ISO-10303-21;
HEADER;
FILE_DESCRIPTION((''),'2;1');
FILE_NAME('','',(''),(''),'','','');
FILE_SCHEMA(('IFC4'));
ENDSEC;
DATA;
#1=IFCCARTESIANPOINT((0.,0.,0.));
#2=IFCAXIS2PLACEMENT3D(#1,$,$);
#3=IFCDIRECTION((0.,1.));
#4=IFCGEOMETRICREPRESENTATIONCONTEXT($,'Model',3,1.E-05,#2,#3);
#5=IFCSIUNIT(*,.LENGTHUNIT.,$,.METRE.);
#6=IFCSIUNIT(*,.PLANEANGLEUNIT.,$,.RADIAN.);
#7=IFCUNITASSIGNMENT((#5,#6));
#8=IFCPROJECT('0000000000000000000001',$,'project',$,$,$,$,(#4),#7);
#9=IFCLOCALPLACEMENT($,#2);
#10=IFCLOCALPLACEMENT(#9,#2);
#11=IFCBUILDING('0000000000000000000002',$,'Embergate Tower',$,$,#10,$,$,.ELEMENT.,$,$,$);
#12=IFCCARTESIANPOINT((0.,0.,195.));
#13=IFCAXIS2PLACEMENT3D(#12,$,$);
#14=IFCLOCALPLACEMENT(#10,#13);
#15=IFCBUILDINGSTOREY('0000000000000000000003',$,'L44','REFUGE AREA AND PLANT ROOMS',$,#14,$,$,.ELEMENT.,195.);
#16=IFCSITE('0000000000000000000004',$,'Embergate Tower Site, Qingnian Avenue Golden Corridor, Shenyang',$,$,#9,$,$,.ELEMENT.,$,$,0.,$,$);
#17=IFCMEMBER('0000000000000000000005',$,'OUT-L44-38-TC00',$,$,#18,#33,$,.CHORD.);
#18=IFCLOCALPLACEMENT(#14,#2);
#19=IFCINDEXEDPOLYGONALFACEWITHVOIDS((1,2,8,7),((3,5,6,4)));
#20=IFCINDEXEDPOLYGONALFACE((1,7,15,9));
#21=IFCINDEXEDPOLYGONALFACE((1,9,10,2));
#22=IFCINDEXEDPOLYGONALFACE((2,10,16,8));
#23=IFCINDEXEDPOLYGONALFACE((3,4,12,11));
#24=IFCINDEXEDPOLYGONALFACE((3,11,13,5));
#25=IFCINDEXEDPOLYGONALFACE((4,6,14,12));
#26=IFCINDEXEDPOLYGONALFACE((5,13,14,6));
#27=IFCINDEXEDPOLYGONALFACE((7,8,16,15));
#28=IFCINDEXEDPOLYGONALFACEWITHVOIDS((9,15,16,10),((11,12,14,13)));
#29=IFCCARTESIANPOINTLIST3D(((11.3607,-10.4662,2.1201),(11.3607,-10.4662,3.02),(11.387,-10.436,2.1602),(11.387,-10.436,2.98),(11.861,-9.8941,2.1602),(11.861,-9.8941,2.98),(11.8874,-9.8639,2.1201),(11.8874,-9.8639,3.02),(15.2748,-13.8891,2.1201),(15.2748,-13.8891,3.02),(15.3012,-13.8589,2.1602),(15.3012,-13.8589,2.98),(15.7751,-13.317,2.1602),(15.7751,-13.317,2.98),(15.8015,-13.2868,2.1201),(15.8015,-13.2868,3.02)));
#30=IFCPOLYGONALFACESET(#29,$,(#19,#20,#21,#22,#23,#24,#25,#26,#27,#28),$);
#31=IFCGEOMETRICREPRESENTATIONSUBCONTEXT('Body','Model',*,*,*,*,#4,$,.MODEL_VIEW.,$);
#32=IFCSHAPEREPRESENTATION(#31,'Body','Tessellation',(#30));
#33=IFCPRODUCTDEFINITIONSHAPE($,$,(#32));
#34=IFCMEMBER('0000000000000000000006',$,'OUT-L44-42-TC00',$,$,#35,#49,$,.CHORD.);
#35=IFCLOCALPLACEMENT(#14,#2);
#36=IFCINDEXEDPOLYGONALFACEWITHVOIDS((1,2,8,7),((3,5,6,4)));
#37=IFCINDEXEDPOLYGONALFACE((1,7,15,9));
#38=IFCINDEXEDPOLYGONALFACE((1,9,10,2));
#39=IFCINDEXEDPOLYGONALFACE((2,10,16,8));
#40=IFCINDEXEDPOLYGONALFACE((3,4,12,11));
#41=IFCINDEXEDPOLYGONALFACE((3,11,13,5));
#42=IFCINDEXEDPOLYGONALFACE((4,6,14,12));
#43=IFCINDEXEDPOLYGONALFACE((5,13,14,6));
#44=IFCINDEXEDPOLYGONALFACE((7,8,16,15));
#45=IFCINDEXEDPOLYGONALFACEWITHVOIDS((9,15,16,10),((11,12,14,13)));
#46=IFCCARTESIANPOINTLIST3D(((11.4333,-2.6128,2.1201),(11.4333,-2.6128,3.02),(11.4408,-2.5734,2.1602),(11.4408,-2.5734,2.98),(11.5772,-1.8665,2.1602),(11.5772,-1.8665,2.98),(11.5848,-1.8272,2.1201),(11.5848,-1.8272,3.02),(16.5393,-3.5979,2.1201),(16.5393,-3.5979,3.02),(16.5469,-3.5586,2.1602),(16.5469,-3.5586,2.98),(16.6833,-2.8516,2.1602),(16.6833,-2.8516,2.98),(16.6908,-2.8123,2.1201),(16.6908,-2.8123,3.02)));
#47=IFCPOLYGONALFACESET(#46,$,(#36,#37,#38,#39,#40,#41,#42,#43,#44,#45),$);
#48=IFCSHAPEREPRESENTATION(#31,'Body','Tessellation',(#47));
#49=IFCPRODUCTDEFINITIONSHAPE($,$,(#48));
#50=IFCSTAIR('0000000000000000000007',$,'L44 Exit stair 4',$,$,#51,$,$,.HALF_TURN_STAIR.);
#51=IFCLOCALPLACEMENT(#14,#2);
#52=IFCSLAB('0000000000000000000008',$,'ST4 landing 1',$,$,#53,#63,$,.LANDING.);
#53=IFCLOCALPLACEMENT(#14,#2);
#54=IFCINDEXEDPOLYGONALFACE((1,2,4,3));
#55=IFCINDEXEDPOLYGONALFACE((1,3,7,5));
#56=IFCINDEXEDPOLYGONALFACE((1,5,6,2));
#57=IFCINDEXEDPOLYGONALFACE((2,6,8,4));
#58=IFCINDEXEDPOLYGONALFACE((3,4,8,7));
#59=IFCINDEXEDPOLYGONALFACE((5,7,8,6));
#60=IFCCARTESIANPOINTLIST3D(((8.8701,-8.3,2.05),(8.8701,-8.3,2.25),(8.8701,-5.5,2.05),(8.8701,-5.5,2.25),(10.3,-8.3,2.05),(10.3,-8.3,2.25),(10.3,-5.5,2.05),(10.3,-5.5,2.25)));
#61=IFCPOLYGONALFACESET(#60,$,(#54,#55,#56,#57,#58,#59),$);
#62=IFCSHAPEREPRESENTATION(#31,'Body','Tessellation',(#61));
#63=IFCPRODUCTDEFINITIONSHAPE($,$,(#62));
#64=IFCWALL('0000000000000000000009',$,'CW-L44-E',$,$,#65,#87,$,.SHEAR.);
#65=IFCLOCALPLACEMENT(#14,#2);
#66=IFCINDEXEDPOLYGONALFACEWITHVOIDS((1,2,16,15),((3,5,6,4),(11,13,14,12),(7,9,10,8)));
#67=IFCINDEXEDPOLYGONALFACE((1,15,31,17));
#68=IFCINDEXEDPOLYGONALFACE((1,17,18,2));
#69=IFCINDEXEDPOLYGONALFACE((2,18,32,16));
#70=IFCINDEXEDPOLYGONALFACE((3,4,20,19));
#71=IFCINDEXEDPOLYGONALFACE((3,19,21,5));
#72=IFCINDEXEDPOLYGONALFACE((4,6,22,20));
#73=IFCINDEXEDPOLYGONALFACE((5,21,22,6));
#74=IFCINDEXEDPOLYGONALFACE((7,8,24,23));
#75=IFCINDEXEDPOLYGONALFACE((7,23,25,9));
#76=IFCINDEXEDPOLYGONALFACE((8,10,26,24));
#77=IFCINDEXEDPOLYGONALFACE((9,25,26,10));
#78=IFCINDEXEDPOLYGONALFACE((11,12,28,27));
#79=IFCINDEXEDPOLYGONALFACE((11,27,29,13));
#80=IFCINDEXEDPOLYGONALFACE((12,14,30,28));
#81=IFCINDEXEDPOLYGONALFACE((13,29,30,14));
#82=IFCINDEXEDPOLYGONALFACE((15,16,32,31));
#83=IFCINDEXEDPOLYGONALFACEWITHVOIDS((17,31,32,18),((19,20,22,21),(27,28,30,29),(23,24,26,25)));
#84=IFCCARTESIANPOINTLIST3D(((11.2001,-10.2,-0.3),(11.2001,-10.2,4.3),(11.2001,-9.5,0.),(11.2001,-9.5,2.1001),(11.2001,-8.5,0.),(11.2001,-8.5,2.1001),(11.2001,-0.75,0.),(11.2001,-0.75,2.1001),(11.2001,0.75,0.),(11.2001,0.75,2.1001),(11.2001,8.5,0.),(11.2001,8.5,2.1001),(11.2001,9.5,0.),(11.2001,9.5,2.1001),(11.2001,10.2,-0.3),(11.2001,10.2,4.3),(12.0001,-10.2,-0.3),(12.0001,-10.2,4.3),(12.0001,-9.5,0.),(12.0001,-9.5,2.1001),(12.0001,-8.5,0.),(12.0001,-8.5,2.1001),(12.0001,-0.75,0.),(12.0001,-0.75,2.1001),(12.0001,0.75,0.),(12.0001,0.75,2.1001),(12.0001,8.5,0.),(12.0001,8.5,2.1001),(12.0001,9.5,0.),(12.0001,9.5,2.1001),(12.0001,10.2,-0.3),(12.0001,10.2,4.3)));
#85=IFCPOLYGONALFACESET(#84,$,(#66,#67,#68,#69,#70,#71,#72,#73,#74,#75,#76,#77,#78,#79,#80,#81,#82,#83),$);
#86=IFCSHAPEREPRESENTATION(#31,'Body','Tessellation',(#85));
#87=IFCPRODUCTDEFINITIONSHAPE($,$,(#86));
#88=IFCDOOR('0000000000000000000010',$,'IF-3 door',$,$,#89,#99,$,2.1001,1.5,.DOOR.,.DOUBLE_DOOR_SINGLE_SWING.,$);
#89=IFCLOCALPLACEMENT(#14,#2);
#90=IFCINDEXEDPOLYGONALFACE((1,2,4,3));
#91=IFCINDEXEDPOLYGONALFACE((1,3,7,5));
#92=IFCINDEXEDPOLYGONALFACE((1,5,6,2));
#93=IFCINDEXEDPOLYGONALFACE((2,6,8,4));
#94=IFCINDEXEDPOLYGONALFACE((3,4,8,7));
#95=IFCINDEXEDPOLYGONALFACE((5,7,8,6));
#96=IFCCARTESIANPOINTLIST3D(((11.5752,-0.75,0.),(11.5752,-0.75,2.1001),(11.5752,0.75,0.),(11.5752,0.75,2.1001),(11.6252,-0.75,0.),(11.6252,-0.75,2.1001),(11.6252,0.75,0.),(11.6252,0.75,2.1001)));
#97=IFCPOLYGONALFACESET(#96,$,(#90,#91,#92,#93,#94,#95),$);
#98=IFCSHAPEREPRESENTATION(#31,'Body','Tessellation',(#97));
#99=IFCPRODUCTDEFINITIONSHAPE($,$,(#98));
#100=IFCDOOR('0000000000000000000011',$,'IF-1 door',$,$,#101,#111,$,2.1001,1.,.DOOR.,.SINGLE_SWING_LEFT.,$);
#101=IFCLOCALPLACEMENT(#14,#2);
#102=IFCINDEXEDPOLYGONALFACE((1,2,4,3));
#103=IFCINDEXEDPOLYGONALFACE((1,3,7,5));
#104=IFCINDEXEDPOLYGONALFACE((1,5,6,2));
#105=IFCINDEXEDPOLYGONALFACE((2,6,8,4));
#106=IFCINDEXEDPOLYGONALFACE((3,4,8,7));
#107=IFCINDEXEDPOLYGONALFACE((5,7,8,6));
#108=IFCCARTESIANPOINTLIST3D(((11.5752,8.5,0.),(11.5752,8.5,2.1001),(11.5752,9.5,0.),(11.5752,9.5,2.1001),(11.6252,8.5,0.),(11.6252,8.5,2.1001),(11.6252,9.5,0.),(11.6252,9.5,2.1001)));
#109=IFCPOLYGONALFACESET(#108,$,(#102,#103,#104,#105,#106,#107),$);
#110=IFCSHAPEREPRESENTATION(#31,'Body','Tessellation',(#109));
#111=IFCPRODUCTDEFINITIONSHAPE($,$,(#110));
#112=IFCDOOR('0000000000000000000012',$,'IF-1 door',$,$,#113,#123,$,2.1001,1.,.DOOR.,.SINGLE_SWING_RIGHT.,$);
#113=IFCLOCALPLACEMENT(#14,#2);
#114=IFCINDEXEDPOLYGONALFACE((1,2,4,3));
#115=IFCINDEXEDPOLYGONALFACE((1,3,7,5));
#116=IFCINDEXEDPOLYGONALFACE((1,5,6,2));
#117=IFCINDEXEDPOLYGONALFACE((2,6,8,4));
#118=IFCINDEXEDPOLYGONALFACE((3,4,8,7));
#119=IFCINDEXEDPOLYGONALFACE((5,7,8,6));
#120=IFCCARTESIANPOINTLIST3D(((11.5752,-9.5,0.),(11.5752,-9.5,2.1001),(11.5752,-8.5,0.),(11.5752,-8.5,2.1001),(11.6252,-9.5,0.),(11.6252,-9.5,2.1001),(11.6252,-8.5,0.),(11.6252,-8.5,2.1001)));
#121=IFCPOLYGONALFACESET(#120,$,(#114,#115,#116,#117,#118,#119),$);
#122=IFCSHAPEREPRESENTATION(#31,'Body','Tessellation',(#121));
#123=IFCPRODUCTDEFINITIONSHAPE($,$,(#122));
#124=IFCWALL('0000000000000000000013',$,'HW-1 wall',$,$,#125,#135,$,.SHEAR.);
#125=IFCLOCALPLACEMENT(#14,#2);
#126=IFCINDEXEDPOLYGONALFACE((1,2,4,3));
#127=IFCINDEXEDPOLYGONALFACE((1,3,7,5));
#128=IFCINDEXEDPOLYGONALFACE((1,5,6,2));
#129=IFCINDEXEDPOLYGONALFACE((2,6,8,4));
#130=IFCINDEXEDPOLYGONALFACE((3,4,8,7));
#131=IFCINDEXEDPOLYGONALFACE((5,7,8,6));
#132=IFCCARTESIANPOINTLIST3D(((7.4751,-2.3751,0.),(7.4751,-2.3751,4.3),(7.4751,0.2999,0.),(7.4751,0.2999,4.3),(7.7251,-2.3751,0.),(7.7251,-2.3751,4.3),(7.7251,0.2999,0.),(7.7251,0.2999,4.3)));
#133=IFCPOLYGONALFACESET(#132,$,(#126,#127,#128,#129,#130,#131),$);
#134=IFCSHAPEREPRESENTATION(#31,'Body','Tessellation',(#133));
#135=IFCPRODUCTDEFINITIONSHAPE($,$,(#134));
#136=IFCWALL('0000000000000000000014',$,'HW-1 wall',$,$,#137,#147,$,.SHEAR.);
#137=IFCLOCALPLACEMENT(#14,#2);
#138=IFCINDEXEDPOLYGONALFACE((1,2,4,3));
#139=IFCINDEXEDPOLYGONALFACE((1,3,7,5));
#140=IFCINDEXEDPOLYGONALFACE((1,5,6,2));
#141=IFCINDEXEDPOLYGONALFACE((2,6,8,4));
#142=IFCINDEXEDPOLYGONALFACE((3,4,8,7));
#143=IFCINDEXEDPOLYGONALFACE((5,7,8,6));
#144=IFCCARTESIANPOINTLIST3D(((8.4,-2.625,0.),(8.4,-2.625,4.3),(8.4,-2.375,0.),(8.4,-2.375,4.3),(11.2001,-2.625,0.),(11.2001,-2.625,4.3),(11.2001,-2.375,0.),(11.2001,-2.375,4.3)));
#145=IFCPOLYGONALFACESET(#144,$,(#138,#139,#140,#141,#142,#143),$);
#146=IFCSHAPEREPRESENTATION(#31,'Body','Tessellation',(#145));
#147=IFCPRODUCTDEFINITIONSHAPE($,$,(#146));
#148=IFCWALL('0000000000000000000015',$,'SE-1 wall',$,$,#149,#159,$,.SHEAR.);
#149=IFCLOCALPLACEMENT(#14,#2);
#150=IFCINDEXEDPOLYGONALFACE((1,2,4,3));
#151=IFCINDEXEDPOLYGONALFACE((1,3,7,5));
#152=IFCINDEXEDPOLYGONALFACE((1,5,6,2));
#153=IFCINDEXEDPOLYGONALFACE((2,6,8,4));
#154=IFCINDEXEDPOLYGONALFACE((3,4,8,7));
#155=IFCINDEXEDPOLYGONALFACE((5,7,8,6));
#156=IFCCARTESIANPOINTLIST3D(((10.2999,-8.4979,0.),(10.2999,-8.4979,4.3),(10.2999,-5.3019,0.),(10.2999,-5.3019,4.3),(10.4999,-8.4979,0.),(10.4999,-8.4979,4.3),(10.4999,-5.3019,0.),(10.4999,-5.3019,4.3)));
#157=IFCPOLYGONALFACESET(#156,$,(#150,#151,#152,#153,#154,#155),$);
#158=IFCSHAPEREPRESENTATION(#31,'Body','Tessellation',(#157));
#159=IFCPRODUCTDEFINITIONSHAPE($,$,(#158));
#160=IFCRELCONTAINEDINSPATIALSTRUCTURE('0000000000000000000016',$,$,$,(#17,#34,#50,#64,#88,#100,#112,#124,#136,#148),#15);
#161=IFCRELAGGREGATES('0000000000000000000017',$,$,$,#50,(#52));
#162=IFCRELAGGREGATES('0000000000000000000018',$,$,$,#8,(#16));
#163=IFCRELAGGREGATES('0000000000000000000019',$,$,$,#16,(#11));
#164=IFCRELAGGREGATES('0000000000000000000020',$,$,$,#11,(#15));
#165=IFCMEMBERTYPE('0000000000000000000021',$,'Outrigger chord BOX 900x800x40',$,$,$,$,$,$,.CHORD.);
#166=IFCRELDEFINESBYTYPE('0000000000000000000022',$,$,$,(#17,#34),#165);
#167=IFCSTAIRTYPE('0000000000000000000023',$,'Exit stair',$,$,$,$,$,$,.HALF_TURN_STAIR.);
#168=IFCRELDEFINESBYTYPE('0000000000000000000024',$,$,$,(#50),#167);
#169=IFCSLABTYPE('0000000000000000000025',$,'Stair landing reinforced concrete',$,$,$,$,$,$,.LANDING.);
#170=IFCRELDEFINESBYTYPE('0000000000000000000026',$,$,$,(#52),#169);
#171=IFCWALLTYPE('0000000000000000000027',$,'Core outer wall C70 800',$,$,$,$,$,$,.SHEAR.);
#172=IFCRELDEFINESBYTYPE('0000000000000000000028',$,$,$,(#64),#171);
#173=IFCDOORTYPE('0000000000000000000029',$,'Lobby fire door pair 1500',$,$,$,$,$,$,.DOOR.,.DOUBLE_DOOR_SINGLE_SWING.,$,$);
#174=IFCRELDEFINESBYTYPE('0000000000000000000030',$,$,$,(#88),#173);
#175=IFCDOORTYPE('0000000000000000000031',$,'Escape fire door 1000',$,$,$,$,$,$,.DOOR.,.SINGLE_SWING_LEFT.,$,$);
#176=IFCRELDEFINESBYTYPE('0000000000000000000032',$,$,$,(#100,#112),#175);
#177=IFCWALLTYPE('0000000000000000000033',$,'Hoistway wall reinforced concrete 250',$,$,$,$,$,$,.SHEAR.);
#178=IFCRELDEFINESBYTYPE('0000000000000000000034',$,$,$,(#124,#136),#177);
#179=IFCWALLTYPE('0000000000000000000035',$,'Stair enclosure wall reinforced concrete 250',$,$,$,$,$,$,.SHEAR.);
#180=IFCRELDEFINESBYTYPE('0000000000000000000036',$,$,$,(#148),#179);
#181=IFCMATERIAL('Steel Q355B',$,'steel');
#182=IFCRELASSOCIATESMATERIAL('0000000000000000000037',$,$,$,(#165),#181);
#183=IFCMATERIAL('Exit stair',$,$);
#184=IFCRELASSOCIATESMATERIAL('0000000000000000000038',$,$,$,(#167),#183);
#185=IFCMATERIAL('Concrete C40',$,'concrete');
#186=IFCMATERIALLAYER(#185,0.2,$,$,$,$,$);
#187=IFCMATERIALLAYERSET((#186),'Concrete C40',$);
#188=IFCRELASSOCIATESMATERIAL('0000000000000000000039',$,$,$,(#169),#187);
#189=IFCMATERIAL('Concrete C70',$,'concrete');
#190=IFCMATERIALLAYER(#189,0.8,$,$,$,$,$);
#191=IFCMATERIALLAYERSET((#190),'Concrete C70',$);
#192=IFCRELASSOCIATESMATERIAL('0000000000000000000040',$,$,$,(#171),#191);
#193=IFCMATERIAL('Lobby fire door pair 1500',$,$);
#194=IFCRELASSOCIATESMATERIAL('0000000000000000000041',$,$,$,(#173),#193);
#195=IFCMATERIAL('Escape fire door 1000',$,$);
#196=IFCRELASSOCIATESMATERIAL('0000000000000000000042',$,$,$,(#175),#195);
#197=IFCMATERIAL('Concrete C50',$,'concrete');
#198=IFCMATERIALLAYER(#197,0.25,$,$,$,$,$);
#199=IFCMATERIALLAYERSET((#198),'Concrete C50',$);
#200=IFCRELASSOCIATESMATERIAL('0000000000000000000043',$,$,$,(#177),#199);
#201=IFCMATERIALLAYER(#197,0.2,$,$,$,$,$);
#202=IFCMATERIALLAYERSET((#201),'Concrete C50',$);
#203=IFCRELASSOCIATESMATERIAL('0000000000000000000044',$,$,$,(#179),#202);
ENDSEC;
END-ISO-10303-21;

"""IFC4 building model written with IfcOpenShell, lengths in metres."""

from ifc_helpers import new_model, si_unit, direction, frame, frame_2d, origin, origin_2d, place, context, subcontext, project, spatial, polyline, rectangle, hollow_rectangle, outline, extrude, source, transform, mapped, material, layer, layer_set, material_profile, profile_set, type_object, element, fill, aggregate, save


model = new_model("IFC4")

# Units and contexts
model_context = context("Model", 3, precision=1e-05, world=origin(), true_north=direction((0.0, 1.0)))
body_context = subcontext(model_context, "Body", "Model", "MODEL_VIEW")
ifc_project = project(units=[si_unit("LENGTHUNIT", "METRE"), si_unit("PLANEANGLEUNIT", "RADIAN")], contexts=[model_context])

# Site, building, storey
site_placement = place(None, origin())
site = spatial("IfcSite", under=ifc_project, at=site_placement, Name="Embergate Tower Site, Qingnian Avenue Golden Corridor, Shenyang", CompositionType="ELEMENT", RefElevation=0.0)
building_placement = place(site_placement, origin())
building = spatial("IfcBuilding", under=site, at=building_placement, Name="Embergate Tower", CompositionType="ELEMENT")
storey_placement = place(building_placement, frame((0.0, 0.0, 195.0)))
storey = spatial("IfcBuildingStorey", under=building, at=storey_placement, Name="L44", Description="REFUGE AREA AND PLANT ROOMS", CompositionType="ELEMENT", Elevation=195.0)

# Members
ifc_material_1 = material(Name="Steel Q355B", Category="steel")
ifc_material_profile = material_profile(ifc_material_1, hollow_rectangle(XDim=0.8, YDim=0.8999, WallThickness=0.04, at=origin_2d()), Name="BOX 900x800x40")
ifc_profile_set = profile_set([ifc_material_profile], Name="Steel Q355 grade B")
member_type = type_object("IfcMemberType", Name="Outrigger chord BOX 900x800x40", PredefinedType="CHORD", material=ifc_profile_set)
shared_shape_1 = source(origin(), body_context, "Body", "SweptSolid", [
    extrude(hollow_rectangle(XDim=0.8, YDim=0.8999, WallThickness=0.04, at=origin_2d()), origin(), (0.0, 0.0, 1.0), 5.1997),
])
member_1_placement = place(storey_placement, frame((11.624, -10.165, 2.5701), z_axis=(0.752763, -0.658292, 0.0), x_axis=(0.658292, 0.752763, 0.0)))
element("IfcMember", 1, at=member_1_placement, inside=storey, type_object=member_type, Name="OUT-L44-38-TC00", PredefinedType="CHORD", context=body_context, shape_type="MappedRepresentation", body=[
    mapped(shared_shape_1, transform((0.0, 0.0, 0.0))),
])
shared_shape_2 = source(origin(), body_context, "Body", "SweptSolid", [
    extrude(hollow_rectangle(XDim=0.8, YDim=0.8999, WallThickness=0.04, at=origin_2d()), origin(), (0.0, 0.0, 1.0), 5.2002),
])
member_2_placement = place(storey_placement, frame((11.509, -2.22, 2.5701), z_axis=(0.981892, -0.189439, 0.0), x_axis=(0.189439, 0.981892, 0.0)))
element("IfcMember", 2, at=member_2_placement, inside=storey, type_object=member_type, Name="OUT-L44-42-TC00", PredefinedType="CHORD", context=body_context, shape_type="MappedRepresentation", body=[
    mapped(shared_shape_2, transform((0.0, 0.0, 0.0))),
])

# Stair, slab
ifc_material_2 = material(Name="Exit stair")
stair_type = type_object("IfcStairType", Name="Exit stair", PredefinedType="HALF_TURN_STAIR", material=ifc_material_2)
stair_placement = place(storey_placement, origin())
stair = element("IfcStair", 3, at=stair_placement, inside=storey, type_object=stair_type, Name="L44 Exit stair 4", PredefinedType="HALF_TURN_STAIR")
ifc_material_3 = material(Name="Concrete C40", Category="concrete")
ifc_layer_1 = layer(ifc_material_3, 0.2)
ifc_layer_set_1 = layer_set([ifc_layer_1], Name="Concrete C40")
slab_type = type_object("IfcSlabType", Name="Stair landing reinforced concrete", PredefinedType="LANDING", material=ifc_layer_set_1)
shared_shape_3 = source(origin(), body_context, "Body", "SweptSolid", [
    extrude(outline(polyline([(0.0, 0.0), (1.4299, 0.0), (1.4299, 2.8), (0.0, 2.8), (0.0, 0.0)])), origin(), (0.0, 0.0, 1.0), 0.2),
])
slab_placement = place(storey_placement, frame((8.8701, -8.3, 2.05)))
slab = element("IfcSlab", 4, at=slab_placement, type_object=slab_type, Name="ST4 landing 1", PredefinedType="LANDING", context=body_context, shape_type="MappedRepresentation", body=[
    mapped(shared_shape_3, transform((0.0, 0.0, 0.0))),
])

# Wall, openings, doors
ifc_material_4 = material(Name="Concrete C70", Category="concrete")
ifc_layer_2 = layer(ifc_material_4, 0.8)
ifc_layer_set_2 = layer_set([ifc_layer_2], Name="Concrete C70")
wall_type_1 = type_object("IfcWallType", Name="Core outer wall C70 800", PredefinedType="SHEAR", material=ifc_layer_set_2)
shared_shape_4 = source(origin(), body_context, "Body", "SweptSolid", [
    extrude(rectangle(XDim=20.3999, YDim=0.8, at=frame_2d((10.2, 0.0))), origin(), (0.0, 0.0, 1.0), 4.6001),
])
wall_1_placement = place(storey_placement, frame((11.6001, -10.2, -0.3), z_axis=(0.0, 0.0, 1.0), x_axis=(0.0, 1.0, 0.0)))
wall_1 = element("IfcWall", 5, at=wall_1_placement, inside=storey, type_object=wall_type_1, Name="CW-L44-E", PredefinedType="SHEAR", context=body_context, shape_type="MappedRepresentation", body=[
    mapped(shared_shape_4, transform((0.0, 0.0, 0.0))),
])
shared_shape_5 = source(origin(), body_context, "Body", "SweptSolid", [
    extrude(rectangle(XDim=1.0, YDim=2.1001, at=frame_2d((0.5, 1.05))), frame((0.0, 0.4099, 0.0), z_axis=(0.0, -1.0, 0.0), x_axis=(1.0, 0.0, 0.0)), (0.0, 0.0, 1.0), 0.8201),
])
opening_1_placement = place(wall_1_placement, frame((18.7, 0.0, 0.3)))
opening_1 = element("IfcOpeningElement", 6, at=opening_1_placement, cuts=wall_1, PredefinedType="OPENING", context=body_context, shape_type="MappedRepresentation", body=[
    mapped(shared_shape_5, transform((0.0, 0.0, 0.0))),
])
opening_2_placement = place(wall_1_placement, frame((0.7, 0.0, 0.3)))
opening_2 = element("IfcOpeningElement", 7, at=opening_2_placement, cuts=wall_1, PredefinedType="OPENING", context=body_context, shape_type="MappedRepresentation", body=[
    mapped(shared_shape_5, transform((0.0, 0.0, 0.0))),
])
shared_shape_6 = source(origin(), body_context, "Body", "SweptSolid", [
    extrude(rectangle(XDim=1.5, YDim=2.1001, at=frame_2d((0.75, 1.05))), frame((0.0, 0.4099, 0.0), z_axis=(0.0, -1.0, 0.0), x_axis=(1.0, 0.0, 0.0)), (0.0, 0.0, 1.0), 0.8201),
])
opening_3_placement = place(wall_1_placement, frame((9.45, 0.0, 0.3)))
opening_3 = element("IfcOpeningElement", 8, at=opening_3_placement, cuts=wall_1, PredefinedType="OPENING", context=body_context, shape_type="MappedRepresentation", body=[
    mapped(shared_shape_6, transform((0.0, 0.0, 0.0))),
])
ifc_material_5 = material(Name="Lobby fire door pair 1500")
door_type_1 = type_object("IfcDoorType", Name="Lobby fire door pair 1500", OperationType="DOUBLE_DOOR_SINGLE_SWING", PredefinedType="DOOR", material=ifc_material_5)
shared_shape_7 = source(origin(), body_context, "Body", "SweptSolid", [
    extrude(rectangle(XDim=1.5, YDim=2.1001, at=frame_2d((0.75, 1.05))), frame((0.0, 0.0249, 0.0), z_axis=(0.0, -1.0, 0.0), x_axis=(1.0, 0.0, 0.0)), (0.0, 0.0, 1.0), 0.05),
])
door_1_placement = place(opening_3_placement, origin())
door_1 = element("IfcDoor", 9, at=door_1_placement, inside=storey, type_object=door_type_1, Name="IF-3 door", OperationType="DOUBLE_DOOR_SINGLE_SWING", OverallHeight=2.1001, OverallWidth=1.5, PredefinedType="DOOR", context=body_context, shape_type="MappedRepresentation", body=[
    mapped(shared_shape_7, transform((0.0, 0.0, 0.0))),
])
fill(opening_3, door_1)
ifc_material_6 = material(Name="Escape fire door 1000")
door_type_2 = type_object("IfcDoorType", Name="Escape fire door 1000", OperationType="SINGLE_SWING_LEFT", PredefinedType="DOOR", material=ifc_material_6)
shared_shape_8 = source(origin(), body_context, "Body", "SweptSolid", [
    extrude(rectangle(XDim=1.0, YDim=2.1001, at=frame_2d((0.5, 1.05))), frame((0.0, 0.0249, 0.0), z_axis=(0.0, -1.0, 0.0), x_axis=(1.0, 0.0, 0.0)), (0.0, 0.0, 1.0), 0.05),
])
door_2_placement = place(opening_1_placement, origin())
door_2 = element("IfcDoor", 10, at=door_2_placement, inside=storey, type_object=door_type_2, Name="IF-1 door", OperationType="SINGLE_SWING_LEFT", OverallHeight=2.1001, OverallWidth=1.0, PredefinedType="DOOR", context=body_context, shape_type="MappedRepresentation", body=[
    mapped(shared_shape_8, transform((0.0, 0.0, 0.0))),
])
fill(opening_1, door_2)
door_3_placement = place(opening_2_placement, origin())
door_3 = element("IfcDoor", 11, at=door_3_placement, inside=storey, type_object=door_type_2, Name="IF-1 door", OperationType="SINGLE_SWING_RIGHT", OverallHeight=2.1001, OverallWidth=1.0, PredefinedType="DOOR", context=body_context, shape_type="MappedRepresentation", body=[
    mapped(shared_shape_8, transform((0.0, 0.0, 0.0))),
])
fill(opening_2, door_3)

# Walls
ifc_material_7 = material(Name="Concrete C50", Category="concrete")
ifc_layer_3 = layer(ifc_material_7, 0.25)
ifc_layer_set_3 = layer_set([ifc_layer_3], Name="Concrete C50")
wall_type_2 = type_object("IfcWallType", Name="Hoistway wall reinforced concrete 250", PredefinedType="SHEAR", material=ifc_layer_set_3)
shared_shape_9 = source(origin(), body_context, "Body", "SweptSolid", [
    extrude(rectangle(XDim=2.675, YDim=0.25, at=frame_2d((1.3374, 0.0))), origin(), (0.0, 0.0, 1.0), 4.3),
])
wall_2_placement = place(storey_placement, frame((7.6001, -2.375, 0.0), z_axis=(0.0, 0.0, 1.0), x_axis=(0.0, 1.0, 0.0)))
element("IfcWall", 12, at=wall_2_placement, inside=storey, type_object=wall_type_2, Name="HW-1 wall", PredefinedType="SHEAR", context=body_context, shape_type="MappedRepresentation", body=[
    mapped(shared_shape_9, transform((0.0, 0.0, 0.0))),
])
shared_shape_10 = source(origin(), body_context, "Body", "SweptSolid", [
    extrude(rectangle(XDim=2.8, YDim=0.25, at=frame_2d((1.3999, 0.0))), origin(), (0.0, 0.0, 1.0), 4.3),
])
wall_3_placement = place(storey_placement, frame((11.2, -2.5, 0.0), z_axis=(0.0, 0.0, 1.0), x_axis=(-1.0, 0.0, 0.0)))
element("IfcWall", 13, at=wall_3_placement, inside=storey, type_object=wall_type_2, Name="HW-1 wall", PredefinedType="SHEAR", context=body_context, shape_type="MappedRepresentation", body=[
    mapped(shared_shape_10, transform((0.0, 0.0, 0.0))),
])
ifc_layer_4 = layer(ifc_material_7, 0.2)
ifc_layer_set_4 = layer_set([ifc_layer_4], Name="Concrete C50")
wall_type_3 = type_object("IfcWallType", Name="Stair enclosure wall reinforced concrete 250", PredefinedType="SHEAR", material=ifc_layer_set_4)
shared_shape_11 = source(origin(), body_context, "Body", "SweptSolid", [
    extrude(rectangle(XDim=3.196, YDim=0.2, at=frame_2d((1.5981, 0.0))), origin(), (0.0, 0.0, 1.0), 4.3),
])
wall_4_placement = place(storey_placement, frame((10.3999, -8.498, 0.0), z_axis=(0.0, 0.0, 1.0), x_axis=(0.0, 1.0, 0.0)))
element("IfcWall", 14, at=wall_4_placement, inside=storey, type_object=wall_type_3, Name="SE-1 wall", PredefinedType="SHEAR", context=body_context, shape_type="MappedRepresentation", body=[
    mapped(shared_shape_11, transform((0.0, 0.0, 0.0))),
])

aggregate(stair, [slab])

save(model, "model.ifc")
